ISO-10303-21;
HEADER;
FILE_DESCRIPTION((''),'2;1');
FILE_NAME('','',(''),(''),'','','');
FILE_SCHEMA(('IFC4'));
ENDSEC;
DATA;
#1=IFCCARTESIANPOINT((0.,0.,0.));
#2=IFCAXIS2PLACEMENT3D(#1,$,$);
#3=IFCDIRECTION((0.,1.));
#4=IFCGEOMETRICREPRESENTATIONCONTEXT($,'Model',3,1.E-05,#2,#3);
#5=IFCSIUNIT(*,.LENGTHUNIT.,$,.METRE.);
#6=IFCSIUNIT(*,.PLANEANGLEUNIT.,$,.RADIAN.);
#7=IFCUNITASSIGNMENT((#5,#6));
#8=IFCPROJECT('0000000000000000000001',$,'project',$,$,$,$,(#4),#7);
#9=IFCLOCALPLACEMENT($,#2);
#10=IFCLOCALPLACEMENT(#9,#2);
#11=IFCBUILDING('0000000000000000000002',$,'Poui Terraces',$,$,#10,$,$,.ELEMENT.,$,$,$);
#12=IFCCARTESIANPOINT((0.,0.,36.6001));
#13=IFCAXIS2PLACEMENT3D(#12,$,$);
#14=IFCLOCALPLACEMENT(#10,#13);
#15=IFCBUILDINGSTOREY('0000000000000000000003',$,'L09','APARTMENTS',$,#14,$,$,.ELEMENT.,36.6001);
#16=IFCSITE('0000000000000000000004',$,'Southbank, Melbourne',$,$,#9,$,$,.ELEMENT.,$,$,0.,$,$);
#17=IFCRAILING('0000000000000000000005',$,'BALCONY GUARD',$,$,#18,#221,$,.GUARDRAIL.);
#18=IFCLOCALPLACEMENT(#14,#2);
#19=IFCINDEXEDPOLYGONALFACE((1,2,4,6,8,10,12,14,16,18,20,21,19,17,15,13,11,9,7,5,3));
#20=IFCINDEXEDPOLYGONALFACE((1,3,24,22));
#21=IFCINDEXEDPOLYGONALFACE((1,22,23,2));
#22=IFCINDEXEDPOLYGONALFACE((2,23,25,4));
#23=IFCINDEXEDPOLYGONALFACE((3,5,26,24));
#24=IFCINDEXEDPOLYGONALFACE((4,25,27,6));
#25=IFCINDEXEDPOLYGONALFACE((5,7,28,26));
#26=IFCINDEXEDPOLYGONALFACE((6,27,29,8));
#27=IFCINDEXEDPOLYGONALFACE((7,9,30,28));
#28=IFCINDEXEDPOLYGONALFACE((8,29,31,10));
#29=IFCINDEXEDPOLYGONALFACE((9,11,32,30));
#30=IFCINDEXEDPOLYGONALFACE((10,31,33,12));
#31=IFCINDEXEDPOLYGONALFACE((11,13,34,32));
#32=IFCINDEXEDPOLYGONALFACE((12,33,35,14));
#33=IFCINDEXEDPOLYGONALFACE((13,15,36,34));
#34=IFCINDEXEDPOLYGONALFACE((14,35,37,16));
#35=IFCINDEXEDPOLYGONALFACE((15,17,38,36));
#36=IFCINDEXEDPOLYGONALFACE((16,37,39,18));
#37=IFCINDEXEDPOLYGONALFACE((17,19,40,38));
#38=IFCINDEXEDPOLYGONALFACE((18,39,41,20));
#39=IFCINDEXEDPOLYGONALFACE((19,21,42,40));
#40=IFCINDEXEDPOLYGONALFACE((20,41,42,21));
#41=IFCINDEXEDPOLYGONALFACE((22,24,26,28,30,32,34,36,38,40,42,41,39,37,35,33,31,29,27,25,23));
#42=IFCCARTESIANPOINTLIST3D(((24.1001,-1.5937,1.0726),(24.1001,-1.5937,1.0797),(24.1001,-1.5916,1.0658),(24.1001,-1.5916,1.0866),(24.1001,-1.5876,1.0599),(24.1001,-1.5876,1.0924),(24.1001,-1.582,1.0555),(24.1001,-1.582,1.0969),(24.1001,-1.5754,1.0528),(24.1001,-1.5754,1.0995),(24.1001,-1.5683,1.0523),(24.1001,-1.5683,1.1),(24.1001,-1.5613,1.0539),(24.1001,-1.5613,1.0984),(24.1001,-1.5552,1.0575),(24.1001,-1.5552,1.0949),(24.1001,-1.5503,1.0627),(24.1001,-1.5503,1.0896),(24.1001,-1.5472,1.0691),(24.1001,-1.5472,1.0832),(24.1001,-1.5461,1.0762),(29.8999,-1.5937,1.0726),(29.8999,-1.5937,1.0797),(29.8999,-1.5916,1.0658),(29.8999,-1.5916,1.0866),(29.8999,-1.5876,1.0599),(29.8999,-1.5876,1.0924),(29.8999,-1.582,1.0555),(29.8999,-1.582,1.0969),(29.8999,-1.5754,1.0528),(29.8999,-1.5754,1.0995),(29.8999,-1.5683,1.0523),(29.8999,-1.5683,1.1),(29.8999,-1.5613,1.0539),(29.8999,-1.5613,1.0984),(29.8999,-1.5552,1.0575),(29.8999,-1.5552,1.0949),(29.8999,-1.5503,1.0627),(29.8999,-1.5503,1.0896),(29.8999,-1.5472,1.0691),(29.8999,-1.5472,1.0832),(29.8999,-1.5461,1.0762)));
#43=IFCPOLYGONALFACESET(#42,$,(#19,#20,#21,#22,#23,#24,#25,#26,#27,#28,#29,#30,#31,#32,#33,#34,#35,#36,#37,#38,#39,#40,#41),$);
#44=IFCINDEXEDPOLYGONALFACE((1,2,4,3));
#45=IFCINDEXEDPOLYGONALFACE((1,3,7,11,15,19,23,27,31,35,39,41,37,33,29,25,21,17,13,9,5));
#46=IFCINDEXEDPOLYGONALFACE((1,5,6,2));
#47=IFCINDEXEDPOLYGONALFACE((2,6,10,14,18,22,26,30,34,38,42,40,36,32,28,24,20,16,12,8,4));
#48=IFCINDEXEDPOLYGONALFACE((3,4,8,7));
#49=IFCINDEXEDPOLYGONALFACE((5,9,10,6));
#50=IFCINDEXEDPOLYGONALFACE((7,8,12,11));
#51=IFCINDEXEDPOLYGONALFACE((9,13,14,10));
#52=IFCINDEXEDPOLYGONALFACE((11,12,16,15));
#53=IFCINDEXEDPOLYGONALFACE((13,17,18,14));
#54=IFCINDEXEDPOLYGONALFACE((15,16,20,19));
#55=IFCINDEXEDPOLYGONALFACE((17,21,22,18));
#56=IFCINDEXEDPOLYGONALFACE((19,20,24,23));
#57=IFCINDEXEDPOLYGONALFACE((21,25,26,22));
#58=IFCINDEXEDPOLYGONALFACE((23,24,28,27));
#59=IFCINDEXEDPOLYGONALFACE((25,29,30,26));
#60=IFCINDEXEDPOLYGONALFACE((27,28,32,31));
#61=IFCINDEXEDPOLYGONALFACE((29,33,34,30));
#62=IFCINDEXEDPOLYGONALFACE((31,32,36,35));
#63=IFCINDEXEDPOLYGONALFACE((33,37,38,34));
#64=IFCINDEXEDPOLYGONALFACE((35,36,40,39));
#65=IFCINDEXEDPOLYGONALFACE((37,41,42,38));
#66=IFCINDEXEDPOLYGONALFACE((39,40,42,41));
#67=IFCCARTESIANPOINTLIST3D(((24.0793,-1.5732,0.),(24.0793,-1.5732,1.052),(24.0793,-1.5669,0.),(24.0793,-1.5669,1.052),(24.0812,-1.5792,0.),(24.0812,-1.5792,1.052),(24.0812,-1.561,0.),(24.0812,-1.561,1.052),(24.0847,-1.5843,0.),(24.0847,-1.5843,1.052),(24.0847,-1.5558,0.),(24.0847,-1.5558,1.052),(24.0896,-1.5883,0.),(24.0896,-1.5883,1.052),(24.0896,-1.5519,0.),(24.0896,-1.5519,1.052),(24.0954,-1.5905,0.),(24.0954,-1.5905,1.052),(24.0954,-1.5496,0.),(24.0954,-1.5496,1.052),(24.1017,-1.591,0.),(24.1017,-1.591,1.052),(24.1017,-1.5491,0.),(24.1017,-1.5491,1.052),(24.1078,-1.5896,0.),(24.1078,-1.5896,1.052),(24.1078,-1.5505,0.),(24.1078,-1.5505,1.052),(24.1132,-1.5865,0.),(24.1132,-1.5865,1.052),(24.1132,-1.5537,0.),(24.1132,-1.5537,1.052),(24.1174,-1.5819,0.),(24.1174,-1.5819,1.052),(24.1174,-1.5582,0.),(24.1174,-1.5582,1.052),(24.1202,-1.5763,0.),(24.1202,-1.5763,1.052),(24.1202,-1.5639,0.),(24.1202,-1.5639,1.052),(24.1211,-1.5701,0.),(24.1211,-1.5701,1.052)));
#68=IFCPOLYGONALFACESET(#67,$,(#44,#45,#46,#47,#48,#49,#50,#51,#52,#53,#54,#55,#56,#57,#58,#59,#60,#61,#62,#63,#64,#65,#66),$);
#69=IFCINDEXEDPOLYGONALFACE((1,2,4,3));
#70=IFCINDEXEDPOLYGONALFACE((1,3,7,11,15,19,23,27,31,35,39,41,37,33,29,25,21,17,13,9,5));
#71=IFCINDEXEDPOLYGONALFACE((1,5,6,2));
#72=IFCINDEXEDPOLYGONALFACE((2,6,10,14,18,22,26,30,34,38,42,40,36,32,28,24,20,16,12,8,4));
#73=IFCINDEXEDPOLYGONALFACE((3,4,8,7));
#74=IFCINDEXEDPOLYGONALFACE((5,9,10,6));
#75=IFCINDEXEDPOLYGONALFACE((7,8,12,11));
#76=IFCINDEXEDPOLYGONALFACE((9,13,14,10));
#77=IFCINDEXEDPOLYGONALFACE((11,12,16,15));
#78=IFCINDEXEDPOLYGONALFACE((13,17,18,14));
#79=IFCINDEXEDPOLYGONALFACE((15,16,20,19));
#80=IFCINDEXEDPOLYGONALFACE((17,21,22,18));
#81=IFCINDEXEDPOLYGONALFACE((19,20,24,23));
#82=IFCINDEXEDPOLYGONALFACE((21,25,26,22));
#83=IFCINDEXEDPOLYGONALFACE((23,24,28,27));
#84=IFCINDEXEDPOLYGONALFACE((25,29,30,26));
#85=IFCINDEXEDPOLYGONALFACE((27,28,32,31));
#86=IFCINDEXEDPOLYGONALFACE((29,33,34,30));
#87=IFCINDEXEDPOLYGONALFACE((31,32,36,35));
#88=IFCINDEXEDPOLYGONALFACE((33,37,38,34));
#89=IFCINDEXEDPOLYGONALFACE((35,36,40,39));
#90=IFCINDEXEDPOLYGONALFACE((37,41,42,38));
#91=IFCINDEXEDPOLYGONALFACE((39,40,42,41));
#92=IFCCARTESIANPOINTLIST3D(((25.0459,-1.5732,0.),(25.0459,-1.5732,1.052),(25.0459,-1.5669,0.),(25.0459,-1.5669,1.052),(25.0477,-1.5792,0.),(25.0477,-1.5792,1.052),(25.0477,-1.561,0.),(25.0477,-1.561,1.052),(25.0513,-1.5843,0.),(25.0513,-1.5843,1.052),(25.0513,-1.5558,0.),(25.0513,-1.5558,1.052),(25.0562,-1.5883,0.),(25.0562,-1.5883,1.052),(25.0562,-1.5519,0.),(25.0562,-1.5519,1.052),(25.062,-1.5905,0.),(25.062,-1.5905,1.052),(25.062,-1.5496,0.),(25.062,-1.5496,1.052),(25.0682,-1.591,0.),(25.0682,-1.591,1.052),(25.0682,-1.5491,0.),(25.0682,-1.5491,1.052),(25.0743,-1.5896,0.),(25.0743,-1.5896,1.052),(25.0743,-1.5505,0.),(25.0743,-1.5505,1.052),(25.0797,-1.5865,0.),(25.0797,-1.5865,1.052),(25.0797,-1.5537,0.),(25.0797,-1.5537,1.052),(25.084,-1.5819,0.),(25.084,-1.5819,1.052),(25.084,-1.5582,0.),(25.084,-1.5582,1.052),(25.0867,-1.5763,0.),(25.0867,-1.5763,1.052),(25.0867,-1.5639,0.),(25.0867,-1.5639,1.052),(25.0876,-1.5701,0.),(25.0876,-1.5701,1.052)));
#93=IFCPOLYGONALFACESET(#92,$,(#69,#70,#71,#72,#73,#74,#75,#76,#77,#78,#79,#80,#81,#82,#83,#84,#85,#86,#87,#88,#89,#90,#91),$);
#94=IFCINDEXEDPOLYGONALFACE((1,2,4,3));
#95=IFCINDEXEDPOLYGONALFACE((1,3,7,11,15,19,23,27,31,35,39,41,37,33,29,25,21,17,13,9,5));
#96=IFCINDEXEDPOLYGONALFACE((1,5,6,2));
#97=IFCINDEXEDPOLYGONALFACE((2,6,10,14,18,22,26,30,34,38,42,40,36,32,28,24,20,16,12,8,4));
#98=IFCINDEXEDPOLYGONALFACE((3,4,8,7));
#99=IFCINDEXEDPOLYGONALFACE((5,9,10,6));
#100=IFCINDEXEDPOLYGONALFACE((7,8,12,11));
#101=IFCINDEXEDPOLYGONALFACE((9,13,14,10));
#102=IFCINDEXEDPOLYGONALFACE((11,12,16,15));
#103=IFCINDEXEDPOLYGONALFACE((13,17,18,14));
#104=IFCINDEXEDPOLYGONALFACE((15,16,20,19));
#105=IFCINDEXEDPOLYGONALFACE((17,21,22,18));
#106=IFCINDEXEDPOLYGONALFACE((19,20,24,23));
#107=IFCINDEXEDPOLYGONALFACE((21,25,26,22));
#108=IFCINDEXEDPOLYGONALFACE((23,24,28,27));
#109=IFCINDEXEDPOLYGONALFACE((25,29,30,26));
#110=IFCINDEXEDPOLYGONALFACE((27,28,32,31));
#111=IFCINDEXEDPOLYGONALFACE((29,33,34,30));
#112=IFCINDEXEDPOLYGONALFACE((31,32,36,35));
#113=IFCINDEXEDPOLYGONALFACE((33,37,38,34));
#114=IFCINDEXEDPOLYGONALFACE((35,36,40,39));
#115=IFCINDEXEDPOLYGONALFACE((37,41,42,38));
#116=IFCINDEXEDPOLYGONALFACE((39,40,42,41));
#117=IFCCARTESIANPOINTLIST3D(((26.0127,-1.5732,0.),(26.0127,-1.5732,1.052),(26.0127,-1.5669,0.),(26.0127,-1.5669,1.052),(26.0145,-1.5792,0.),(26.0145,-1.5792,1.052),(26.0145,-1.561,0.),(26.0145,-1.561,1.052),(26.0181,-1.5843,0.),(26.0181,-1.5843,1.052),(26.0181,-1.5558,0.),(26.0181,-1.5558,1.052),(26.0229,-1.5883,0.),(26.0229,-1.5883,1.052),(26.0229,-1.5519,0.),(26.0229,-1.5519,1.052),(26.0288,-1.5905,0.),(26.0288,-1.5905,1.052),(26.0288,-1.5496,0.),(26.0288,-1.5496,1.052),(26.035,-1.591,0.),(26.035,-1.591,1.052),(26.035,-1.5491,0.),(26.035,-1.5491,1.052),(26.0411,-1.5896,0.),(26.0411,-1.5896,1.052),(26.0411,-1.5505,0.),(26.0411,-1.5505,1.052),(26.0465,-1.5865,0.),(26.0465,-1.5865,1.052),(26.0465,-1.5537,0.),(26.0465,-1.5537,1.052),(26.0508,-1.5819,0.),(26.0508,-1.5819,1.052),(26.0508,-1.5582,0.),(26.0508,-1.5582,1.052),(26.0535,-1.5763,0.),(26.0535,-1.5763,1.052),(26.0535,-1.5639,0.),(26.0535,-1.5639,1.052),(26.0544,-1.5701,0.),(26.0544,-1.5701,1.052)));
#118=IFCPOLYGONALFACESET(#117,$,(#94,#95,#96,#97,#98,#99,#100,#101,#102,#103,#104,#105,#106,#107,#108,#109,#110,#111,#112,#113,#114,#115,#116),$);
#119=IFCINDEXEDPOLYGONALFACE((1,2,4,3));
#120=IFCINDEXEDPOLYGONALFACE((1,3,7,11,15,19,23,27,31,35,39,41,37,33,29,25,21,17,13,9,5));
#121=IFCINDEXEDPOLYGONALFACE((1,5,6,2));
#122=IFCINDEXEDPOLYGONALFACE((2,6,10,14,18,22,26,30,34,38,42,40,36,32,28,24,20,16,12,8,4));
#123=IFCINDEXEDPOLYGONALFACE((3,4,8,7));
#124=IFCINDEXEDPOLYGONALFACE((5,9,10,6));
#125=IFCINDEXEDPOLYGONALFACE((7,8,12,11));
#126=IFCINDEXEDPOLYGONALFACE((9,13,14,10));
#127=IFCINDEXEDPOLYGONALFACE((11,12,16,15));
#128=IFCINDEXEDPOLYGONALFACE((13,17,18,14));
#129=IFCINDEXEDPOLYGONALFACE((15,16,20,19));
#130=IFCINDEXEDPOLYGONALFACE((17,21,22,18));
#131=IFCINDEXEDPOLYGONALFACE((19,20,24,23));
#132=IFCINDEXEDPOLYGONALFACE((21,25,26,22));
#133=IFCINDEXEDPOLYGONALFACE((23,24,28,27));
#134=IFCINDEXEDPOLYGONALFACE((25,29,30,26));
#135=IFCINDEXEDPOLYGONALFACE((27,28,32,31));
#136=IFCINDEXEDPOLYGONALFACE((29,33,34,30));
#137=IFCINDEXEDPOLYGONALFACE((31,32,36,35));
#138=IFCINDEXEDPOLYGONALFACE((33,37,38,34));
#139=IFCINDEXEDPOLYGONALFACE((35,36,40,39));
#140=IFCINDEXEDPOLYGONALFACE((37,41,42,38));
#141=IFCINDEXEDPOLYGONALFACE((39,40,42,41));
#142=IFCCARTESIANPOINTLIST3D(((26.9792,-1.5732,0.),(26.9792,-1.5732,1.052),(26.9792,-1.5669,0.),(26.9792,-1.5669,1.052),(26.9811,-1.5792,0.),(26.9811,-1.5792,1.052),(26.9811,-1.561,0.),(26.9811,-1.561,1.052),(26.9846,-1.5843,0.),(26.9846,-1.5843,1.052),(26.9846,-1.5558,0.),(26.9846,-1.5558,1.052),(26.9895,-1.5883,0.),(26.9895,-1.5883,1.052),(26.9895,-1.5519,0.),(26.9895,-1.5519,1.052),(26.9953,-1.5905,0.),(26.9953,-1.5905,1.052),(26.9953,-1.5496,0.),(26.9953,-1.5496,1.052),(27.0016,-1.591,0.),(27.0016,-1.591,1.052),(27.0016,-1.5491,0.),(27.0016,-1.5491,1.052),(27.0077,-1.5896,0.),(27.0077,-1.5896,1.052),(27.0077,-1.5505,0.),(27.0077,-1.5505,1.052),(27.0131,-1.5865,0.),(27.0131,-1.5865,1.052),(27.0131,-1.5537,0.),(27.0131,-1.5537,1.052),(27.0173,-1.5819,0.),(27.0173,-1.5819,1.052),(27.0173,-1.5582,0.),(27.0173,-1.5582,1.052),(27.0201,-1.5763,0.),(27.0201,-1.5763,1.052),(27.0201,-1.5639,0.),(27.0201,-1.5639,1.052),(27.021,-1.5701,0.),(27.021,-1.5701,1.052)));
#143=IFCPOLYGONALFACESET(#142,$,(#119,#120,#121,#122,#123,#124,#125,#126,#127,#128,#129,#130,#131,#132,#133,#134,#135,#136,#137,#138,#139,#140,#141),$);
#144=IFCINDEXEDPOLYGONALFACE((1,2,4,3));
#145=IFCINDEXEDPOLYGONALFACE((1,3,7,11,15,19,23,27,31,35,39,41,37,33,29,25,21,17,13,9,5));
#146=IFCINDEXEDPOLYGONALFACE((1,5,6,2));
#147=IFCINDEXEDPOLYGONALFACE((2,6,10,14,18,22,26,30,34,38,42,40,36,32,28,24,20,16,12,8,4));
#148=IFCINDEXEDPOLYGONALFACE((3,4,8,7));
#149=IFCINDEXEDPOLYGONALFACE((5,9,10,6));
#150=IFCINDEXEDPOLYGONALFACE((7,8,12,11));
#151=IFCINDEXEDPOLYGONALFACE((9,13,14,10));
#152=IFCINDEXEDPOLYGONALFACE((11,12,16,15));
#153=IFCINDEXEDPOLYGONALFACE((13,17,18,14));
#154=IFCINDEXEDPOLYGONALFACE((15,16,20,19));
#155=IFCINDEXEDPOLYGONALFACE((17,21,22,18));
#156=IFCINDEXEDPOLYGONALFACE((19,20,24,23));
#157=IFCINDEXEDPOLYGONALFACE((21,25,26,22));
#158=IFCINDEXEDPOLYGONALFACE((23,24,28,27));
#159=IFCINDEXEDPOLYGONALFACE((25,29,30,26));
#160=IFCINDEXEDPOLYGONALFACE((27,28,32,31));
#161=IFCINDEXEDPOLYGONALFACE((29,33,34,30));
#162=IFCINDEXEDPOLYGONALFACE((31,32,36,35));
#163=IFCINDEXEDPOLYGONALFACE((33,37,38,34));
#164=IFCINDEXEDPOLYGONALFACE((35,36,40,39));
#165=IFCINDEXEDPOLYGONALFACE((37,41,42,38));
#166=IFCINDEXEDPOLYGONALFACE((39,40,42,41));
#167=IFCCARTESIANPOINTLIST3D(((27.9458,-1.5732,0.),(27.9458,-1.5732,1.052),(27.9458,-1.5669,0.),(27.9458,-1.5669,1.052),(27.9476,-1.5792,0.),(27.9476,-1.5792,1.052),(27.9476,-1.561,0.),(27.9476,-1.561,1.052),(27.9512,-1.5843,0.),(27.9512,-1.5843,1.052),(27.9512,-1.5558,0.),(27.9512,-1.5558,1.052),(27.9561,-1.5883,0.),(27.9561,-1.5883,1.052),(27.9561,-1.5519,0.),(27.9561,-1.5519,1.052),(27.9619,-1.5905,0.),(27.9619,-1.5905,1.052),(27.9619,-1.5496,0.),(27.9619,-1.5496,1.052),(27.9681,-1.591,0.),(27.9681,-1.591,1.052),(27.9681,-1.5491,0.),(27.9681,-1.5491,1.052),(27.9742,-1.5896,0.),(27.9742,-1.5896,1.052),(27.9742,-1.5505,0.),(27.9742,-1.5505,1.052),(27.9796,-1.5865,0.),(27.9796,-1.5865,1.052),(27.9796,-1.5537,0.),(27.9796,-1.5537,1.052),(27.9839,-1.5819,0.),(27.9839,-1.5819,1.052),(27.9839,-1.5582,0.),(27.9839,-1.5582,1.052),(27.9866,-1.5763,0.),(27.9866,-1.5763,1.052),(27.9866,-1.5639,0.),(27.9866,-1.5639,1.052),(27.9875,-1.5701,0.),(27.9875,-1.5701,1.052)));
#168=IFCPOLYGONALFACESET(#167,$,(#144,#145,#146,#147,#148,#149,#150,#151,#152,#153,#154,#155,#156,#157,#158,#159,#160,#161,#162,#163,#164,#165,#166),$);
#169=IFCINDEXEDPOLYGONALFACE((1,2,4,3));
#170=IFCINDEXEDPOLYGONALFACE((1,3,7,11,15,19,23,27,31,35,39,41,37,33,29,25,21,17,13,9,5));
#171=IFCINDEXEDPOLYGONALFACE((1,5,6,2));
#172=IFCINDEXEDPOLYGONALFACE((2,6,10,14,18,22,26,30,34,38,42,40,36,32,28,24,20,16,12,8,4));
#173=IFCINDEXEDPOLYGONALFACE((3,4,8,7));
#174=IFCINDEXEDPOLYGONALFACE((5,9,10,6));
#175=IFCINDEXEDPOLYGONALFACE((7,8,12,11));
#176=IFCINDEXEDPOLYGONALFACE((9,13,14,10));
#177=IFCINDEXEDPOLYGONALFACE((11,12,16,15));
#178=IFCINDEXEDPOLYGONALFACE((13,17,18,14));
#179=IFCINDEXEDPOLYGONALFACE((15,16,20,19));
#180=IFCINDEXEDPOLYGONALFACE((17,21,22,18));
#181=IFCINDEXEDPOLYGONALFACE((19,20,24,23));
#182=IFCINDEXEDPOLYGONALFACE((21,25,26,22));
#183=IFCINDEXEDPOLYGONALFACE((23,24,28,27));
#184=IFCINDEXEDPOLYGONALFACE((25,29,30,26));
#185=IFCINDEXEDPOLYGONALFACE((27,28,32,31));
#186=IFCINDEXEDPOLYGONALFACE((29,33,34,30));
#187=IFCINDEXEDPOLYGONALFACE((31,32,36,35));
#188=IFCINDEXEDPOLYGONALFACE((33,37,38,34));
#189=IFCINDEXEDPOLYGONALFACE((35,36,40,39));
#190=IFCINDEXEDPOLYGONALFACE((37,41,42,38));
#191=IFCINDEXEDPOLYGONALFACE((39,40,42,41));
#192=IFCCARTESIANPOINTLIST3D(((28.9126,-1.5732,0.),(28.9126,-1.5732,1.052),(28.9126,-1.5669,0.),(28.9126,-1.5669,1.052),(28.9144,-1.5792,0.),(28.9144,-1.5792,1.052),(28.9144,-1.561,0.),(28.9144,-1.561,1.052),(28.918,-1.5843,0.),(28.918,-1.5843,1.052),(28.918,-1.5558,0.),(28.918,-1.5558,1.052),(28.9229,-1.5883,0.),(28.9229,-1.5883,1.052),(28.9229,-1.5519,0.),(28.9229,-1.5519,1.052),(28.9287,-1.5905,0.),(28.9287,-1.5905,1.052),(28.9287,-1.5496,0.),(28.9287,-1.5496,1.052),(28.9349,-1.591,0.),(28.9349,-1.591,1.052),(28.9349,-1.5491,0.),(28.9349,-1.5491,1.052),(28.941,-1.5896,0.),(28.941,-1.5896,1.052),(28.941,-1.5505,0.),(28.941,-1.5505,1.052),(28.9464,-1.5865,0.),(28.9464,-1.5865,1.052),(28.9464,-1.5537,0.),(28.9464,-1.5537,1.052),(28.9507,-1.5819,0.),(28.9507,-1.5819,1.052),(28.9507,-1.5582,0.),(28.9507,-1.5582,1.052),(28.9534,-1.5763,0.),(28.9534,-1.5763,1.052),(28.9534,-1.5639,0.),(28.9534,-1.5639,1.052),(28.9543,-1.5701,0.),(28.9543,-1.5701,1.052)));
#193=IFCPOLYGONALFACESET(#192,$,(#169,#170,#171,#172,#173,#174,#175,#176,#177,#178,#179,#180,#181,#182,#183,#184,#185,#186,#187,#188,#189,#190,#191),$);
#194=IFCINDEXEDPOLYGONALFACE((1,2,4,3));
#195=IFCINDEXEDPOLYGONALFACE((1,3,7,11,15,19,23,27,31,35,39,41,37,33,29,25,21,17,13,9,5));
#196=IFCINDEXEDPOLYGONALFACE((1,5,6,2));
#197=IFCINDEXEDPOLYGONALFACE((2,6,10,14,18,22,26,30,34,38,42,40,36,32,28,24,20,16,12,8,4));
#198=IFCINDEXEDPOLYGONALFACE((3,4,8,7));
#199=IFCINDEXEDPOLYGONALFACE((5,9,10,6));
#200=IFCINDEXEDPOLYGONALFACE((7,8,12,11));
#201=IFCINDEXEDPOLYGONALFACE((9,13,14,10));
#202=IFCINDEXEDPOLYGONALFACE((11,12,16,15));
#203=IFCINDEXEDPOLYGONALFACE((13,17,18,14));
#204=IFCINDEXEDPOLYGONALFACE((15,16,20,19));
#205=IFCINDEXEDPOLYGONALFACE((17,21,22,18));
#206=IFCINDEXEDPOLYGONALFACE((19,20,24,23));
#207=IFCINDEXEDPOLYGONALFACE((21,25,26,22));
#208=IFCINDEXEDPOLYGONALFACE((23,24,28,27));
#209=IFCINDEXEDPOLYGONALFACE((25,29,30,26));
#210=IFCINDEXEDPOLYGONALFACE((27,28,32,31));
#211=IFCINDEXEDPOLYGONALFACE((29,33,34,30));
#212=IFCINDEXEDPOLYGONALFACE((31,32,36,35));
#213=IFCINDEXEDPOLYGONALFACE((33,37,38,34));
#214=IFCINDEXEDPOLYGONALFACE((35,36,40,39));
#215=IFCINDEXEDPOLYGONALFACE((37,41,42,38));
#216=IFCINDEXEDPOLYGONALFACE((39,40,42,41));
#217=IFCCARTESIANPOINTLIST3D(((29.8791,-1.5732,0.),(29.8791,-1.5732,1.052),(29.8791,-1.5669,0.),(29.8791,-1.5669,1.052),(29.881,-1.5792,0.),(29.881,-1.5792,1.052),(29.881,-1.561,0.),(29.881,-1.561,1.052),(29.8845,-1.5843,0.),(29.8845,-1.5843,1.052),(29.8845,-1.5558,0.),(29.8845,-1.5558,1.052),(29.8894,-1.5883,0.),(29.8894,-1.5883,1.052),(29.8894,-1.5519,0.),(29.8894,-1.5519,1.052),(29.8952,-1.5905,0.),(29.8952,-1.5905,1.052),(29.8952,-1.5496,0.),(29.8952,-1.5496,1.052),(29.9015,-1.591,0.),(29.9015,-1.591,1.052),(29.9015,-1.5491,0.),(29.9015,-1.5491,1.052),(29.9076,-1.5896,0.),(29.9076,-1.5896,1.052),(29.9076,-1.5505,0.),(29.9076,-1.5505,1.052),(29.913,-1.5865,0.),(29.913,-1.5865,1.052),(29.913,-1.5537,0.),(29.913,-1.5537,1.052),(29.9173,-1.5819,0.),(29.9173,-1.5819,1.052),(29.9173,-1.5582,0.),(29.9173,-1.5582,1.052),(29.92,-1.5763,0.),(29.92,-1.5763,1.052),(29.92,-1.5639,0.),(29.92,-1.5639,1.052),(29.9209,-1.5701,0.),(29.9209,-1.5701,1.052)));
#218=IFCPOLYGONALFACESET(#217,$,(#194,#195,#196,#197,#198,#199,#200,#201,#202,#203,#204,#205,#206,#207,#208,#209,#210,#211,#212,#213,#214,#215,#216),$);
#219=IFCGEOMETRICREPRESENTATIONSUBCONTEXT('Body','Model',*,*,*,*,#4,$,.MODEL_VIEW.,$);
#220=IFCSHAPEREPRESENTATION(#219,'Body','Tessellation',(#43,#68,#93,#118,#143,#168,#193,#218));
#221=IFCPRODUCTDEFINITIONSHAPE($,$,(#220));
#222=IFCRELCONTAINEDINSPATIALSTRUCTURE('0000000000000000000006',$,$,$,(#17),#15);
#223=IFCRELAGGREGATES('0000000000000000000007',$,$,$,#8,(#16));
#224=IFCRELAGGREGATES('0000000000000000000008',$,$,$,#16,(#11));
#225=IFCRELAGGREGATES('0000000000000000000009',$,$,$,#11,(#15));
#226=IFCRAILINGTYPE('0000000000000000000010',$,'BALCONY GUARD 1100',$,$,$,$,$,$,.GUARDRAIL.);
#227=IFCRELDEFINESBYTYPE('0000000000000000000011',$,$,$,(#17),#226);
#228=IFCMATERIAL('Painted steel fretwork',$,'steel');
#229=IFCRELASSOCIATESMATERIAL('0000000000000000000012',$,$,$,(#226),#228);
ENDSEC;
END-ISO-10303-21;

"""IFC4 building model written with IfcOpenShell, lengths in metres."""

from ifc_helpers import new_model, si_unit, direction, frame, origin, origin_2d, place, context, subcontext, project, spatial, circle, extrude, material, type_object, element, save


model = new_model("IFC4")

# Units and contexts
model_context = context("Model", 3, precision=1e-05, world=origin(), true_north=direction((0.0, 1.0)))
body_context = subcontext(model_context, "Body", "Model", "MODEL_VIEW")
ifc_project = project(units=[si_unit("LENGTHUNIT", "METRE"), si_unit("PLANEANGLEUNIT", "RADIAN")], contexts=[model_context])

# Site, building, storey
site_placement = place(None, origin())
site = spatial("IfcSite", under=ifc_project, at=site_placement, Name="Southbank, Melbourne", CompositionType="ELEMENT", RefElevation=0.0)
building_placement = place(site_placement, origin())
building = spatial("IfcBuilding", under=site, at=building_placement, Name="Poui Terraces", CompositionType="ELEMENT")
storey_placement = place(building_placement, frame((0.0, 0.0, 36.6001)))
storey = spatial("IfcBuildingStorey", under=building, at=storey_placement, Name="L09", Description="APARTMENTS", CompositionType="ELEMENT", Elevation=36.6001)

# Railing
ifc_material_1 = material(Name="Painted steel fretwork", Category="steel")
railing_type = type_object("IfcRailingType", Name="BALCONY GUARD 1100", PredefinedType="GUARDRAIL", material=ifc_material_1)
railing_placement = place(storey_placement, frame((24.1001, -1.5701, 0.0)))
element("IfcRailing", 1, at=railing_placement, inside=storey, type_object=railing_type, Name="BALCONY GUARD", PredefinedType="GUARDRAIL", context=body_context, shape_type="SweptSolid", body=[
    extrude(circle(Radius=0.0239, at=origin_2d()), frame((0.0, 0.0, 1.0762), z_axis=(1.0, 0.0, 0.0), x_axis=(0.0, 1.0, 0.0)), (0.0, 0.0, 1.0), 5.7998),
    extrude(circle(Radius=0.021, at=origin_2d()), origin(), (0.0, 0.0, 1.0), 1.052),
    extrude(circle(Radius=0.021, at=origin_2d()), frame((0.9666, 0.0, 0.0)), (0.0, 0.0, 1.0), 1.052),
    extrude(circle(Radius=0.021, at=origin_2d()), frame((1.9333, 0.0, 0.0)), (0.0, 0.0, 1.0), 1.052),
    extrude(circle(Radius=0.021, at=origin_2d()), frame((2.8999, 0.0, 0.0)), (0.0, 0.0, 1.0), 1.052),
    extrude(circle(Radius=0.021, at=origin_2d()), frame((3.8665, 0.0, 0.0)), (0.0, 0.0, 1.0), 1.052),
    extrude(circle(Radius=0.021, at=origin_2d()), frame((4.8333, 0.0, 0.0)), (0.0, 0.0, 1.0), 1.052),
    extrude(circle(Radius=0.021, at=origin_2d()), frame((5.7998, 0.0, 0.0)), (0.0, 0.0, 1.0), 1.052),
])

save(model, "model.ifc")
